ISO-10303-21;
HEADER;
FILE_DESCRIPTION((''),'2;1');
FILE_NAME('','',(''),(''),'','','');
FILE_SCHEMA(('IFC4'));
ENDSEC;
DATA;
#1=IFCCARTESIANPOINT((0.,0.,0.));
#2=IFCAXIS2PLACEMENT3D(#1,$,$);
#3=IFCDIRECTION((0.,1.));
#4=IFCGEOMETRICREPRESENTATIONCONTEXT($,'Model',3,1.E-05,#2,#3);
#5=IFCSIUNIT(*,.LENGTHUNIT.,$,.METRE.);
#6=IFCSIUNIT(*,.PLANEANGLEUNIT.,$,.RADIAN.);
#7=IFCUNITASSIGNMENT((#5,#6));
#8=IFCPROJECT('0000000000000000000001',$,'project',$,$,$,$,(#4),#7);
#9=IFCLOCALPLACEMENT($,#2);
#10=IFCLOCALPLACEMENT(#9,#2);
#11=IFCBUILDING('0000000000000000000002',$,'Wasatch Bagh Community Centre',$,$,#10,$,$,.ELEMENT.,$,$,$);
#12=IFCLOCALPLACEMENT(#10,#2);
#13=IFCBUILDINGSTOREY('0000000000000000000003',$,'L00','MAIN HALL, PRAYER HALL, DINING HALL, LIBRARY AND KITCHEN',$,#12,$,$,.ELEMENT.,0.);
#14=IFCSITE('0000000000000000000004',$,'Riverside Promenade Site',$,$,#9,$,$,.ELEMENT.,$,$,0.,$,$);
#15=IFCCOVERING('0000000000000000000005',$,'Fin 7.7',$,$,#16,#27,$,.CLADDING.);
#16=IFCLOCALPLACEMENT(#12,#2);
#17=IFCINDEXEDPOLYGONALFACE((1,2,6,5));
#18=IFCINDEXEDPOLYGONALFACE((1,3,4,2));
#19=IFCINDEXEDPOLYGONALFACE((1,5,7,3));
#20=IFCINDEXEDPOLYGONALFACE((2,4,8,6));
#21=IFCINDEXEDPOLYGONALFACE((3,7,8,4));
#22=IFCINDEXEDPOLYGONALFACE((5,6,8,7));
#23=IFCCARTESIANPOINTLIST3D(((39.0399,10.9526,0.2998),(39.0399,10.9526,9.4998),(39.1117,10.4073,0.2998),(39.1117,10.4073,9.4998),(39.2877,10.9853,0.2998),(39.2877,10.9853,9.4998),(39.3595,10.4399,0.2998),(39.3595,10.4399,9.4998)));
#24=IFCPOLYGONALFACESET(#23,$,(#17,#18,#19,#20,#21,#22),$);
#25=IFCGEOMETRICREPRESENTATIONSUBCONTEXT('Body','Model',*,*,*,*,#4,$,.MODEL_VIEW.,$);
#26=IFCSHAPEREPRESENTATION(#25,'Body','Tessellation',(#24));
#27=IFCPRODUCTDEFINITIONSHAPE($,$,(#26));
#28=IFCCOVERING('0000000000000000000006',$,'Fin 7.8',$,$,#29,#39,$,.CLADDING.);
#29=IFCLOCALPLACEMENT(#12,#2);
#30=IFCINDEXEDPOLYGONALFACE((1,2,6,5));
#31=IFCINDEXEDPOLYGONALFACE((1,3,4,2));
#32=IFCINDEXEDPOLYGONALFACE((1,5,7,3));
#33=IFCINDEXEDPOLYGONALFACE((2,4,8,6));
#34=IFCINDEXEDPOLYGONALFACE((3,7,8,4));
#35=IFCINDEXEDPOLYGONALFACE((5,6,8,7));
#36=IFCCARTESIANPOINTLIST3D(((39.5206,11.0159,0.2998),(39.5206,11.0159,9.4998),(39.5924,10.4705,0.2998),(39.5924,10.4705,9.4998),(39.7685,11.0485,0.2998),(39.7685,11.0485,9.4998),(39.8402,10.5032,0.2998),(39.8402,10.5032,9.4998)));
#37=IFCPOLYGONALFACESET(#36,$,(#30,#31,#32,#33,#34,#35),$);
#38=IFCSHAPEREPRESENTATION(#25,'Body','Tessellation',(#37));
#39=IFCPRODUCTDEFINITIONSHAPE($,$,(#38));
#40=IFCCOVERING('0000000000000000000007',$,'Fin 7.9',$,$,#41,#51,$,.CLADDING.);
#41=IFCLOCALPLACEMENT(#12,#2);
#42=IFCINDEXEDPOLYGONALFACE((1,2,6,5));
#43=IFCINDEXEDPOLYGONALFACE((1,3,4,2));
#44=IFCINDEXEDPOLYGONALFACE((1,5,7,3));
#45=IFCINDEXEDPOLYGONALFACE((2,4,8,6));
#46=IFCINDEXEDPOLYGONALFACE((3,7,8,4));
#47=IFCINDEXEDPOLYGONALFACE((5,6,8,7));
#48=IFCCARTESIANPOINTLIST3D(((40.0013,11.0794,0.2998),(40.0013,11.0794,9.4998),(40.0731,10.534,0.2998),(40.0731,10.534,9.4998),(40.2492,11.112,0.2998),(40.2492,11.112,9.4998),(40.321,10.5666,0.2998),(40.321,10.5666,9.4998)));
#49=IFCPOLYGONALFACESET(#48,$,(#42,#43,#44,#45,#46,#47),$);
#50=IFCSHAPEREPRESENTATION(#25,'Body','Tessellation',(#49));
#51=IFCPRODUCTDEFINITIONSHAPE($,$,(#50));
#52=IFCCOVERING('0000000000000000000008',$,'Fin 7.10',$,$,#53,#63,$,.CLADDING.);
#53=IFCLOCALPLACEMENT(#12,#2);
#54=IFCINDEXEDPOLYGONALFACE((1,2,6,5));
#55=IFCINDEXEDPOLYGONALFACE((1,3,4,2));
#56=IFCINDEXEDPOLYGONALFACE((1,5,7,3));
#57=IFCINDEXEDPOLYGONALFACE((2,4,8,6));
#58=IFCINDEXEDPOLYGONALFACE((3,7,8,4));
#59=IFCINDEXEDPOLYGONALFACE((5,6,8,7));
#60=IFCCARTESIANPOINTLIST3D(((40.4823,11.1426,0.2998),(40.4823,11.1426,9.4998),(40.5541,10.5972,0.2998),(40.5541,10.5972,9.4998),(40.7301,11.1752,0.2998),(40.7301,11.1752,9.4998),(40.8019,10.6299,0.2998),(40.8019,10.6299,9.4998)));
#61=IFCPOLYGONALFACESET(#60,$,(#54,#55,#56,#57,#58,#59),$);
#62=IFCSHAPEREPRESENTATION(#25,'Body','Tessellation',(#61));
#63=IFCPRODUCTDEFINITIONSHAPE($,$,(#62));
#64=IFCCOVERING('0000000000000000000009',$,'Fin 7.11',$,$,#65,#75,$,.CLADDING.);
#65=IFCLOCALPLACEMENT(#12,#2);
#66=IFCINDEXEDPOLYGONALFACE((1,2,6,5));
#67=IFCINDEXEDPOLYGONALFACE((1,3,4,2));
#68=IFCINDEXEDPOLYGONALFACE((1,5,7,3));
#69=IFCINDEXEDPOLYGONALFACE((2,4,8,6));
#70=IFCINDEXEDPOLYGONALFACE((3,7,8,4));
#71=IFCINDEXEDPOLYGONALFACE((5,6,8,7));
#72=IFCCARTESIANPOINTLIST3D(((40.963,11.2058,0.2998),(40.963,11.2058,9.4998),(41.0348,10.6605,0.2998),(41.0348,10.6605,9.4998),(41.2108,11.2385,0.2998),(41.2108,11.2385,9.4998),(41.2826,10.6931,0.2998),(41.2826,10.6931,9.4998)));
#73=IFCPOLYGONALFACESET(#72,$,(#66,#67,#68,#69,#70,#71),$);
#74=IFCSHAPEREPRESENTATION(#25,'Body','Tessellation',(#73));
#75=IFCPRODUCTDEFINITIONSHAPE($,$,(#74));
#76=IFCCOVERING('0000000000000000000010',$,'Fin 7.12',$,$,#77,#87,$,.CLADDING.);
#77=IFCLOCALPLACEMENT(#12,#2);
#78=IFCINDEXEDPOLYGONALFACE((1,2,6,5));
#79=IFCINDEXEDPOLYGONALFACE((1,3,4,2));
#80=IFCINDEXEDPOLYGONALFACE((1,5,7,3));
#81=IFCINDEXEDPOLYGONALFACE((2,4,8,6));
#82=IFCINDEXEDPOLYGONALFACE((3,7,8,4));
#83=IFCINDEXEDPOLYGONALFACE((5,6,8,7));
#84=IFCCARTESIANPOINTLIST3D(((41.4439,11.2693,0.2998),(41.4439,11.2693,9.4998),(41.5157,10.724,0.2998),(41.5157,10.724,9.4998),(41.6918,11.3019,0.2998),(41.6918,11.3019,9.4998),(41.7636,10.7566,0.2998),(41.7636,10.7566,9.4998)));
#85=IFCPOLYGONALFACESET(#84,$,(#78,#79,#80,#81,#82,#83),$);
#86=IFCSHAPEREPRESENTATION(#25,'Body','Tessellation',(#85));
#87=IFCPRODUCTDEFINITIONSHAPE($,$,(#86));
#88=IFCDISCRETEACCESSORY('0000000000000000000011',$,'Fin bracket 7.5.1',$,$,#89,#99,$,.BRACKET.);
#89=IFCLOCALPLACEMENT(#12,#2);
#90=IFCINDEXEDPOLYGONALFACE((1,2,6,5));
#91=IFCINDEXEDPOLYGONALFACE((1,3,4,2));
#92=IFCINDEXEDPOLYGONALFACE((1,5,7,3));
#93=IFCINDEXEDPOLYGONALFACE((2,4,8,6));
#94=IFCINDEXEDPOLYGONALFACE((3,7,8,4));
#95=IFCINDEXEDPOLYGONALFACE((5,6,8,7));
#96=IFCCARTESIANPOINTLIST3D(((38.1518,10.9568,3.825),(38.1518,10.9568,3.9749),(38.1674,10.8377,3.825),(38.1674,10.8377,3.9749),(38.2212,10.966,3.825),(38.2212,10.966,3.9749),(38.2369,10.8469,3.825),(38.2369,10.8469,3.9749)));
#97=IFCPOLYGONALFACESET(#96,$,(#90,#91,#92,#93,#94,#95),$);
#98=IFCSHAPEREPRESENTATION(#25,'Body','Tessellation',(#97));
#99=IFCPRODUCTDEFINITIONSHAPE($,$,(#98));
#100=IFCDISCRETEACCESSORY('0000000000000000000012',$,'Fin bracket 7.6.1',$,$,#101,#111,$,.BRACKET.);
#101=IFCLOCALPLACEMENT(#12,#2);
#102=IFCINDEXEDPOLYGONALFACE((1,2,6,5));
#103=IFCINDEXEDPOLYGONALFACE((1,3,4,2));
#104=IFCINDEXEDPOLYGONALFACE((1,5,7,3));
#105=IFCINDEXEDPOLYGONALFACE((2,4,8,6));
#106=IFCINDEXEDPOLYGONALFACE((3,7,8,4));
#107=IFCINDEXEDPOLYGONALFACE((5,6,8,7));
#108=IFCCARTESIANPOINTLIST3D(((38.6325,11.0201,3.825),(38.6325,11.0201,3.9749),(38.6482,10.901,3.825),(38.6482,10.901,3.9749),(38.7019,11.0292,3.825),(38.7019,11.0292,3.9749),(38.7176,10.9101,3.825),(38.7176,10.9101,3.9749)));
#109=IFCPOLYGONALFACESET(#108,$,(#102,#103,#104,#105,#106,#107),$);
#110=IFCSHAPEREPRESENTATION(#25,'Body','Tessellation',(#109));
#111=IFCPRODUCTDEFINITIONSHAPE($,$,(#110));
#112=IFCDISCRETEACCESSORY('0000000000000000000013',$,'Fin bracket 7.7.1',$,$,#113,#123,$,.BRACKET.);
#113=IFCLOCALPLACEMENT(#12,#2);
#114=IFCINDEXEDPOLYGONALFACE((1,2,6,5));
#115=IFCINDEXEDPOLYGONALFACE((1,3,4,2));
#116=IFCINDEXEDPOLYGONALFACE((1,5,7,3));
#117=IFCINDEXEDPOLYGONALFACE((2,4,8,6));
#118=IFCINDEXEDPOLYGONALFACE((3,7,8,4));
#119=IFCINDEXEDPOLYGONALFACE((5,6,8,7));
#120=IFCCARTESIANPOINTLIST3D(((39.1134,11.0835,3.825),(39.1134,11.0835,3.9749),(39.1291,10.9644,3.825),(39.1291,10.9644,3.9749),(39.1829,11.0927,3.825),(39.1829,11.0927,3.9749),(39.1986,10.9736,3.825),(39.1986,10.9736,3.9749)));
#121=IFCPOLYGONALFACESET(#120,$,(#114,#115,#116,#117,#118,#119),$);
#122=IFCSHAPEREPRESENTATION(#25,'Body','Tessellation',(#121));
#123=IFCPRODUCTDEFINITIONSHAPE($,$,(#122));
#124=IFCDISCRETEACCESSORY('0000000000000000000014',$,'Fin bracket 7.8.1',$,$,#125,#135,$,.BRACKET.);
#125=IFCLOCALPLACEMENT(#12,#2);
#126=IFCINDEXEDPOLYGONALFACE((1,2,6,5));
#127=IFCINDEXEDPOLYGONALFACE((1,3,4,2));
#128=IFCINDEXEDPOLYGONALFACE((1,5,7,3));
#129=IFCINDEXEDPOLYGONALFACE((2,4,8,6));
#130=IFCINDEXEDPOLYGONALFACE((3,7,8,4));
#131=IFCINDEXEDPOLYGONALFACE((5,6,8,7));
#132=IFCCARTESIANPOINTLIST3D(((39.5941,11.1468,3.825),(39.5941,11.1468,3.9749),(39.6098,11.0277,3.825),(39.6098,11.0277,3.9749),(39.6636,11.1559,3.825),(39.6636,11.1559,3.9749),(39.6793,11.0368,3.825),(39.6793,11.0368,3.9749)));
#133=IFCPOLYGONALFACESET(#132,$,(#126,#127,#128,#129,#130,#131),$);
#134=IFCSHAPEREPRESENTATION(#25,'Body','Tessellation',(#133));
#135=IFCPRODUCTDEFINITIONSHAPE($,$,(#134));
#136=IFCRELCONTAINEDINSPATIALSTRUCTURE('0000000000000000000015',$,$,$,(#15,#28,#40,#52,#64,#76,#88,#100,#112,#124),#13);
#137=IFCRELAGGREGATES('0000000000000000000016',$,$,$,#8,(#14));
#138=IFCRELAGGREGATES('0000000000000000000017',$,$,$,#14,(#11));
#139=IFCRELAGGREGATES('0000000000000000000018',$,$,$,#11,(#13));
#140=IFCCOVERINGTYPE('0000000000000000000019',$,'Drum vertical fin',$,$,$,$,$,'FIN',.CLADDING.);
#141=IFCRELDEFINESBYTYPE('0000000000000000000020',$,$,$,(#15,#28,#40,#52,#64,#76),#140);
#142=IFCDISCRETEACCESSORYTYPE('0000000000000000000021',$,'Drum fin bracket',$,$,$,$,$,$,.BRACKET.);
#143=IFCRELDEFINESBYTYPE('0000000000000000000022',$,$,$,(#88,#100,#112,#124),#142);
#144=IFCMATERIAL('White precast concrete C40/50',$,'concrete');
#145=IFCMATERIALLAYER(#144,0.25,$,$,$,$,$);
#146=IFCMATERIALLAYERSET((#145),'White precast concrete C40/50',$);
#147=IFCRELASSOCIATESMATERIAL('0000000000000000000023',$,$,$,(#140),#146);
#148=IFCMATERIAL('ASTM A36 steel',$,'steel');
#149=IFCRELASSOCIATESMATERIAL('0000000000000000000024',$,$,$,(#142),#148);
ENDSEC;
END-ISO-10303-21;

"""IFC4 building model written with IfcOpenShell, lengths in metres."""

from ifc_helpers import new_model, si_unit, direction, frame, origin, origin_2d, place, context, subcontext, project, spatial, rectangle, extrude, material, layer, layer_set, type_object, element, save


model = new_model("IFC4")

# Units and contexts
model_context = context("Model", 3, precision=1e-05, world=origin(), true_north=direction((0.0, 1.0)))
body_context = subcontext(model_context, "Body", "Model", "MODEL_VIEW")
ifc_project = project(units=[si_unit("LENGTHUNIT", "METRE"), si_unit("PLANEANGLEUNIT", "RADIAN")], contexts=[model_context])

# Site, building, storey
site_placement = place(None, origin())
site = spatial("IfcSite", under=ifc_project, at=site_placement, Name="Riverside Promenade Site", CompositionType="ELEMENT", RefElevation=0.0)
building_placement = place(site_placement, origin())
building = spatial("IfcBuilding", under=site, at=building_placement, Name="Wasatch Bagh Community Centre", CompositionType="ELEMENT")
storey_placement = place(building_placement, origin())
storey = spatial("IfcBuildingStorey", under=building, at=storey_placement, Name="L00", Description="MAIN HALL, PRAYER HALL, DINING HALL, LIBRARY AND KITCHEN", CompositionType="ELEMENT", Elevation=0.0)

# Coverings
ifc_material_1 = material(Name="White precast concrete C40/50", Category="concrete")
ifc_layer_1 = layer(ifc_material_1, 0.25)
ifc_layer_set_1 = layer_set([ifc_layer_1], Name="White precast concrete C40/50")
covering_type = type_object("IfcCoveringType", Name="Drum vertical fin", ElementType="FIN", PredefinedType="CLADDING", material=ifc_layer_set_1)
for number, where, z_axis, x_axis, name in (
    (1, (39.1997, 10.6963, 0.2998), (0.0, 0.0, 1.0), (0.991445, 0.130526, 0.0), "Fin 7.7"),
    (2, (39.6804, 10.7595, 0.2998), (0.0, 0.0, 1.0), (0.991445, 0.130526, 0.0), "Fin 7.8"),
    (3, (40.1611, 10.823, 0.2998), (0.0, 0.0, 1.0), (0.991445, 0.130526, 0.0), "Fin 7.9"),
    (4, (40.6421, 10.8862, 0.2998), (0.0, 0.0, 1.0), (0.991445, 0.130526, 0.0), "Fin 7.10"),
    (5, (41.1228, 10.9495, 0.2998), (0.0, 0.0, 1.0), (0.991445, 0.130526, 0.0), "Fin 7.11"),
    (6, (41.6038, 11.0129, 0.2998), (0.0, 0.0, 1.0), (0.991445, 0.130526, 0.0), "Fin 7.12"),
):
    element("IfcCovering", number, at=place(storey_placement, frame(where, z_axis=z_axis, x_axis=x_axis)), inside=storey, type_object=covering_type, Name=name, PredefinedType="CLADDING", context=body_context, shape_type="SweptSolid", body=[
        extrude(rectangle(XDim=0.25, YDim=0.55, at=origin_2d()), origin(), (0.0, 0.0, 1.0), 9.2),
    ])

# Discrete accessories
ifc_material_2 = material(Name="ASTM A36 steel", Category="steel")
discrete_accessory_type = type_object("IfcDiscreteAccessoryType", Name="Drum fin bracket", PredefinedType="BRACKET", material=ifc_material_2)
for number, where, z_axis, x_axis, name in (
    (7, (38.1943, 10.9019, 3.825), (0.0, 0.0, 1.0), (0.991445, 0.130526, 0.0), "Fin bracket 7.5.1"),
    (8, (38.675, 10.9651, 3.825), (0.0, 0.0, 1.0), (0.991445, 0.130526, 0.0), "Fin bracket 7.6.1"),
    (9, (39.156, 11.0286, 3.825), (0.0, 0.0, 1.0), (0.991445, 0.130526, 0.0), "Fin bracket 7.7.1"),
    (10, (39.6367, 11.0918, 3.825), (0.0, 0.0, 1.0), (0.991445, 0.130526, 0.0), "Fin bracket 7.8.1"),
):
    element("IfcDiscreteAccessory", number, at=place(storey_placement, frame(where, z_axis=z_axis, x_axis=x_axis)), inside=storey, type_object=discrete_accessory_type, Name=name, PredefinedType="BRACKET", context=body_context, shape_type="SweptSolid", body=[
        extrude(rectangle(XDim=0.0701, YDim=0.1201, at=origin_2d()), origin(), (0.0, 0.0, 1.0), 0.1499),
    ])

save(model, "model.ifc")
